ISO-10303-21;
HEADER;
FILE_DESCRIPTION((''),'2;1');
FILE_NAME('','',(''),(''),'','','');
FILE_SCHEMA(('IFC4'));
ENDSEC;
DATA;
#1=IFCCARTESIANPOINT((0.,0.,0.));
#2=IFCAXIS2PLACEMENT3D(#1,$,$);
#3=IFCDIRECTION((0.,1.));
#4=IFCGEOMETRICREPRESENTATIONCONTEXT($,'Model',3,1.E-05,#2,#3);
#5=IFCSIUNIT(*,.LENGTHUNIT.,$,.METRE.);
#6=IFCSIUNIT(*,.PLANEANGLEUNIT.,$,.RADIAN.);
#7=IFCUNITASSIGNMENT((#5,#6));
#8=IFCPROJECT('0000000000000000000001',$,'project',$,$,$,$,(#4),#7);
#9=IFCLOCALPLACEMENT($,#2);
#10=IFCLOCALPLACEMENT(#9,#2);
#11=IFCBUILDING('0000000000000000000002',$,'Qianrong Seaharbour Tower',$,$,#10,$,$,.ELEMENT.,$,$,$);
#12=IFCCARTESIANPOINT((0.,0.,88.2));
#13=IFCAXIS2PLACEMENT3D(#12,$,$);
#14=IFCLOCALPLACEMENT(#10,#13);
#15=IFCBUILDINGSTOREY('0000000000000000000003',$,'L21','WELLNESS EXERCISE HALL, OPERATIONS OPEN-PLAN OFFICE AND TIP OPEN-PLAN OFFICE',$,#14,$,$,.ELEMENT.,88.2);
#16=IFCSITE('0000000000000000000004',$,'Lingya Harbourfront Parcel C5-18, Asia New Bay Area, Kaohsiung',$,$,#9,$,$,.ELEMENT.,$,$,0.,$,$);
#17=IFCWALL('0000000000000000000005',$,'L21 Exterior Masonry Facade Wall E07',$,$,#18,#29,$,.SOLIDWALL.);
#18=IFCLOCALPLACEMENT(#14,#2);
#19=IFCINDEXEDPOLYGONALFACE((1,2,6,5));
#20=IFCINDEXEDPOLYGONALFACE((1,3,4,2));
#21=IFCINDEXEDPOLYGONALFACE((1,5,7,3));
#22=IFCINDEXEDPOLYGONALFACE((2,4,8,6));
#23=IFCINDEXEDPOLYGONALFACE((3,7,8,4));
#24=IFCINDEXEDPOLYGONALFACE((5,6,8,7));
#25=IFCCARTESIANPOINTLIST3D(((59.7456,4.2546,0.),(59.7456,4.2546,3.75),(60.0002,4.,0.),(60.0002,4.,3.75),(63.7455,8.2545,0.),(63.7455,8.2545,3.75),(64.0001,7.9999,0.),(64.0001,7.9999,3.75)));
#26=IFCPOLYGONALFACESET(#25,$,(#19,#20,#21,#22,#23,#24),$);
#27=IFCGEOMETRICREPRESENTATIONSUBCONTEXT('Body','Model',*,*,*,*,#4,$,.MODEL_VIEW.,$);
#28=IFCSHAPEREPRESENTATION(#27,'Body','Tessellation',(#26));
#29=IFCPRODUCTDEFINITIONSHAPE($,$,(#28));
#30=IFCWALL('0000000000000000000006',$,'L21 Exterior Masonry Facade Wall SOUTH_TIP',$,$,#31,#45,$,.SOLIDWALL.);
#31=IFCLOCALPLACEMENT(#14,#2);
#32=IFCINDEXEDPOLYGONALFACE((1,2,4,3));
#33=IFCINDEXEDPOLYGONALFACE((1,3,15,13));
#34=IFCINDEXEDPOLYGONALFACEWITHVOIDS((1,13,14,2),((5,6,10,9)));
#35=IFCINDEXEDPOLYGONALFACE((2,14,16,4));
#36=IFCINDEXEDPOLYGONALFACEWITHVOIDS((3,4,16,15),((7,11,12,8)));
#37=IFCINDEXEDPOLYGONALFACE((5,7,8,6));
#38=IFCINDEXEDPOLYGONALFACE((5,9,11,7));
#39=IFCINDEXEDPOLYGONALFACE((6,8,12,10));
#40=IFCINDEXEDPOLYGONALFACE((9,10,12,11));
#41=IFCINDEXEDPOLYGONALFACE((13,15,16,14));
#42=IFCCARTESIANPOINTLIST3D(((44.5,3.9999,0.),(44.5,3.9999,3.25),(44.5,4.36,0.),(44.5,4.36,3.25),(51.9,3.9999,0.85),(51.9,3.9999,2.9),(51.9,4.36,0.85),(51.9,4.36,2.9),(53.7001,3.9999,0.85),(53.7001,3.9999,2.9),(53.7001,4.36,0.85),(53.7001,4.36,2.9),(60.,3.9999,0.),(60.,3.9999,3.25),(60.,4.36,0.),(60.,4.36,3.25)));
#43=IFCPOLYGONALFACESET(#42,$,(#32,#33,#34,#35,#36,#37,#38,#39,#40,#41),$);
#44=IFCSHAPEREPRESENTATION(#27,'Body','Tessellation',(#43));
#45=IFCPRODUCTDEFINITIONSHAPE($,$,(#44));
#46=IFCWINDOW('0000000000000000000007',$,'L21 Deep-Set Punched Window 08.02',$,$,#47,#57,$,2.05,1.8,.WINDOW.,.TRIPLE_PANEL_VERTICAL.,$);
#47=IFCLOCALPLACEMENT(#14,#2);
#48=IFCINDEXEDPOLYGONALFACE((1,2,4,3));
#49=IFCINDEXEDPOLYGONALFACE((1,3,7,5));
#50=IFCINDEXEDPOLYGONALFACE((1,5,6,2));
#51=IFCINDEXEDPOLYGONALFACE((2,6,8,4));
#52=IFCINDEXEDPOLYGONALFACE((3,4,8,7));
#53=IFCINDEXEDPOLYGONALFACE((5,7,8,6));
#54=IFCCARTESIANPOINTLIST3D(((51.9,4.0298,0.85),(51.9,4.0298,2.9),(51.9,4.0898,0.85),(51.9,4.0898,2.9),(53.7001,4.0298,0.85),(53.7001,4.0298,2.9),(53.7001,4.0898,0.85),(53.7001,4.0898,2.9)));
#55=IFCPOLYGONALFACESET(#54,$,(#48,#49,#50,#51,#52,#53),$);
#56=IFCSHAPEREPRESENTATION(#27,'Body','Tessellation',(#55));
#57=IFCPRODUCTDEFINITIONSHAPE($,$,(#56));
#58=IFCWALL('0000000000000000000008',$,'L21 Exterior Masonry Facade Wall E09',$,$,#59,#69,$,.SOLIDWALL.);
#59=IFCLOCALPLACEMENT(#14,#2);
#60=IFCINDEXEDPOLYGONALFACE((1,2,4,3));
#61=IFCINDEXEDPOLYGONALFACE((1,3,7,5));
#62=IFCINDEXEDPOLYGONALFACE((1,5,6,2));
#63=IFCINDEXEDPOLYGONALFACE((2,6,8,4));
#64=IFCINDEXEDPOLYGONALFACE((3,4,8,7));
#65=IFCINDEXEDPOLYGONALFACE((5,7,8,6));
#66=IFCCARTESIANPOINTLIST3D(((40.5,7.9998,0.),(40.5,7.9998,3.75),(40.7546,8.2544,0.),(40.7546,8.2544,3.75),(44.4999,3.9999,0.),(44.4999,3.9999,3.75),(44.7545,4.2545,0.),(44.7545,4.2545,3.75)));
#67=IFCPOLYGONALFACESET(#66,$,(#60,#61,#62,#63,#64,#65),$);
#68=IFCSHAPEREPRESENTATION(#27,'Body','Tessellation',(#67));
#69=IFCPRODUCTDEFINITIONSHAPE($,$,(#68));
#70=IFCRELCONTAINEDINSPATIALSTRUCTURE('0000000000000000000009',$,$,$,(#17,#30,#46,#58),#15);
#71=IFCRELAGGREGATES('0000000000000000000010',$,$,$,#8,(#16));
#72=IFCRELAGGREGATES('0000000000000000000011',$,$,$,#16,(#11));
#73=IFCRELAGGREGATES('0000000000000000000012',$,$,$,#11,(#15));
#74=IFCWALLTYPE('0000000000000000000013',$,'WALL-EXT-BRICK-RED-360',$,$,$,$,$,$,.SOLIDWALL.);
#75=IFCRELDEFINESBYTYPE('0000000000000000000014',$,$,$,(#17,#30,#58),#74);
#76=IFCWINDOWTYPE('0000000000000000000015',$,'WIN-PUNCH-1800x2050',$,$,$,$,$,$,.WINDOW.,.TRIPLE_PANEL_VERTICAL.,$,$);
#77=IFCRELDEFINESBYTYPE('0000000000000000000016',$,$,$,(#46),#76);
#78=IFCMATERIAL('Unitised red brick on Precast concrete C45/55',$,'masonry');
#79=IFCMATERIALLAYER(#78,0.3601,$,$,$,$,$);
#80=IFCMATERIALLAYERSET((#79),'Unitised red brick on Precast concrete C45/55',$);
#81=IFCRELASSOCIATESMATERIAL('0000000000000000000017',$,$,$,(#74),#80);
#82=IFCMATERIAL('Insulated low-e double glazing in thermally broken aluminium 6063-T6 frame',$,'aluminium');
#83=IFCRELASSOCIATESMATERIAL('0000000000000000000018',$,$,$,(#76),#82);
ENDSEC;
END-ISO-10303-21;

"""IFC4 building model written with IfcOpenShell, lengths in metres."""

from ifc_helpers import new_model, si_unit, direction, frame, frame_2d, origin, place, context, subcontext, project, spatial, rectangle, extrude, material, layer, layer_set, type_object, element, fill, save


model = new_model("IFC4")

# Units and contexts
model_context = context("Model", 3, precision=1e-05, world=origin(), true_north=direction((0.0, 1.0)))
body_context = subcontext(model_context, "Body", "Model", "MODEL_VIEW")
ifc_project = project(units=[si_unit("LENGTHUNIT", "METRE"), si_unit("PLANEANGLEUNIT", "RADIAN")], contexts=[model_context])

# Site, building, storey
site_placement = place(None, origin())
site = spatial("IfcSite", under=ifc_project, at=site_placement, Name="Lingya Harbourfront Parcel C5-18, Asia New Bay Area, Kaohsiung", CompositionType="ELEMENT", RefElevation=0.0)
building_placement = place(site_placement, origin())
building = spatial("IfcBuilding", under=site, at=building_placement, Name="Qianrong Seaharbour Tower", CompositionType="ELEMENT")
storey_placement = place(building_placement, frame((0.0, 0.0, 88.2)))
storey = spatial("IfcBuildingStorey", under=building, at=storey_placement, Name="L21", Description="WELLNESS EXERCISE HALL, OPERATIONS OPEN-PLAN OFFICE AND TIP OPEN-PLAN OFFICE", CompositionType="ELEMENT", Elevation=88.2)

# Wall
ifc_material_1 = material(Name="Unitised red brick on Precast concrete C45/55", Category="masonry")
ifc_layer_1 = layer(ifc_material_1, 0.3601)
ifc_layer_set_1 = layer_set([ifc_layer_1], Name="Unitised red brick on Precast concrete C45/55")
wall_type_1 = type_object("IfcWallType", Name="WALL-EXT-BRICK-RED-360", PredefinedType="SOLIDWALL", material=ifc_layer_set_1)
wall_1_placement = place(storey_placement, frame((63.8728, 8.1272, 0.0), z_axis=(0.0, 0.0, 1.0), x_axis=(-0.707107, -0.707107, 0.0)))
element("IfcWall", 1, at=wall_1_placement, inside=storey, type_object=wall_type_1, Name="L21 Exterior Masonry Facade Wall E07", PredefinedType="SOLIDWALL", context=body_context, shape_type="SweptSolid", body=[
    extrude(rectangle(XDim=5.6567, YDim=0.3601, at=frame_2d((2.8284, 0.0))), origin(), (0.0, 0.0, 1.0), 3.75),
])

# Wall, opening, window
wall_2_placement = place(storey_placement, frame((60.0, 4.1799, 0.0), z_axis=(0.0, 0.0, 1.0), x_axis=(-1.0, 0.0, 0.0)))
wall_2 = element("IfcWall", 2, at=wall_2_placement, inside=storey, type_object=wall_type_1, Name="L21 Exterior Masonry Facade Wall SOUTH_TIP", PredefinedType="SOLIDWALL", context=body_context, shape_type="SweptSolid", body=[
    extrude(rectangle(XDim=15.5, YDim=0.3601, at=frame_2d((7.75, 0.0))), origin(), (0.0, 0.0, 1.0), 3.25),
])
opening_1_placement = place(wall_2_placement, frame((6.3, 0.0, 0.8501)))
opening_1 = element("IfcOpeningElement", 3, at=opening_1_placement, cuts=wall_2, PredefinedType="OPENING", context=body_context, shape_type="SweptSolid", body=[
    extrude(rectangle(XDim=1.8, YDim=2.05, at=frame_2d((0.8999, 1.0249))), frame((0.0, 0.1899, 0.0), z_axis=(0.0, -1.0, 0.0), x_axis=(1.0, 0.0, 0.0)), (0.0, 0.0, 1.0), 0.3801),
])
ifc_material_2 = material(Name="Insulated low-e double glazing in thermally broken aluminium 6063-T6 frame", Category="aluminium")
window_type = type_object("IfcWindowType", Name="WIN-PUNCH-1800x2050", PartitioningType="TRIPLE_PANEL_VERTICAL", PredefinedType="WINDOW", material=ifc_material_2)
window_placement = place(opening_1_placement, origin())
window = element("IfcWindow", 4, at=window_placement, inside=storey, type_object=window_type, Name="L21 Deep-Set Punched Window 08.02", OverallHeight=2.05, OverallWidth=1.8, PartitioningType="TRIPLE_PANEL_VERTICAL", PredefinedType="WINDOW", context=body_context, shape_type="SweptSolid", body=[
    extrude(rectangle(XDim=1.8, YDim=2.05, at=frame_2d((0.8999, 1.0249))), frame((0.0, 0.1501, 0.0), z_axis=(0.0, -1.0, 0.0), x_axis=(1.0, 0.0, 0.0)), (0.0, 0.0, 1.0), 0.0601),
])
fill(opening_1, window)

# Wall
wall_3_placement = place(storey_placement, frame((44.6272, 4.1272, 0.0), z_axis=(0.0, 0.0, 1.0), x_axis=(-0.707107, 0.707107, 0.0)))
element("IfcWall", 5, at=wall_3_placement, inside=storey, type_object=wall_type_1, Name="L21 Exterior Masonry Facade Wall E09", PredefinedType="SOLIDWALL", context=body_context, shape_type="SweptSolid", body=[
    extrude(rectangle(XDim=5.6567, YDim=0.3601, at=frame_2d((2.8284, 0.0))), origin(), (0.0, 0.0, 1.0), 3.75),
])

save(model, "model.ifc")
